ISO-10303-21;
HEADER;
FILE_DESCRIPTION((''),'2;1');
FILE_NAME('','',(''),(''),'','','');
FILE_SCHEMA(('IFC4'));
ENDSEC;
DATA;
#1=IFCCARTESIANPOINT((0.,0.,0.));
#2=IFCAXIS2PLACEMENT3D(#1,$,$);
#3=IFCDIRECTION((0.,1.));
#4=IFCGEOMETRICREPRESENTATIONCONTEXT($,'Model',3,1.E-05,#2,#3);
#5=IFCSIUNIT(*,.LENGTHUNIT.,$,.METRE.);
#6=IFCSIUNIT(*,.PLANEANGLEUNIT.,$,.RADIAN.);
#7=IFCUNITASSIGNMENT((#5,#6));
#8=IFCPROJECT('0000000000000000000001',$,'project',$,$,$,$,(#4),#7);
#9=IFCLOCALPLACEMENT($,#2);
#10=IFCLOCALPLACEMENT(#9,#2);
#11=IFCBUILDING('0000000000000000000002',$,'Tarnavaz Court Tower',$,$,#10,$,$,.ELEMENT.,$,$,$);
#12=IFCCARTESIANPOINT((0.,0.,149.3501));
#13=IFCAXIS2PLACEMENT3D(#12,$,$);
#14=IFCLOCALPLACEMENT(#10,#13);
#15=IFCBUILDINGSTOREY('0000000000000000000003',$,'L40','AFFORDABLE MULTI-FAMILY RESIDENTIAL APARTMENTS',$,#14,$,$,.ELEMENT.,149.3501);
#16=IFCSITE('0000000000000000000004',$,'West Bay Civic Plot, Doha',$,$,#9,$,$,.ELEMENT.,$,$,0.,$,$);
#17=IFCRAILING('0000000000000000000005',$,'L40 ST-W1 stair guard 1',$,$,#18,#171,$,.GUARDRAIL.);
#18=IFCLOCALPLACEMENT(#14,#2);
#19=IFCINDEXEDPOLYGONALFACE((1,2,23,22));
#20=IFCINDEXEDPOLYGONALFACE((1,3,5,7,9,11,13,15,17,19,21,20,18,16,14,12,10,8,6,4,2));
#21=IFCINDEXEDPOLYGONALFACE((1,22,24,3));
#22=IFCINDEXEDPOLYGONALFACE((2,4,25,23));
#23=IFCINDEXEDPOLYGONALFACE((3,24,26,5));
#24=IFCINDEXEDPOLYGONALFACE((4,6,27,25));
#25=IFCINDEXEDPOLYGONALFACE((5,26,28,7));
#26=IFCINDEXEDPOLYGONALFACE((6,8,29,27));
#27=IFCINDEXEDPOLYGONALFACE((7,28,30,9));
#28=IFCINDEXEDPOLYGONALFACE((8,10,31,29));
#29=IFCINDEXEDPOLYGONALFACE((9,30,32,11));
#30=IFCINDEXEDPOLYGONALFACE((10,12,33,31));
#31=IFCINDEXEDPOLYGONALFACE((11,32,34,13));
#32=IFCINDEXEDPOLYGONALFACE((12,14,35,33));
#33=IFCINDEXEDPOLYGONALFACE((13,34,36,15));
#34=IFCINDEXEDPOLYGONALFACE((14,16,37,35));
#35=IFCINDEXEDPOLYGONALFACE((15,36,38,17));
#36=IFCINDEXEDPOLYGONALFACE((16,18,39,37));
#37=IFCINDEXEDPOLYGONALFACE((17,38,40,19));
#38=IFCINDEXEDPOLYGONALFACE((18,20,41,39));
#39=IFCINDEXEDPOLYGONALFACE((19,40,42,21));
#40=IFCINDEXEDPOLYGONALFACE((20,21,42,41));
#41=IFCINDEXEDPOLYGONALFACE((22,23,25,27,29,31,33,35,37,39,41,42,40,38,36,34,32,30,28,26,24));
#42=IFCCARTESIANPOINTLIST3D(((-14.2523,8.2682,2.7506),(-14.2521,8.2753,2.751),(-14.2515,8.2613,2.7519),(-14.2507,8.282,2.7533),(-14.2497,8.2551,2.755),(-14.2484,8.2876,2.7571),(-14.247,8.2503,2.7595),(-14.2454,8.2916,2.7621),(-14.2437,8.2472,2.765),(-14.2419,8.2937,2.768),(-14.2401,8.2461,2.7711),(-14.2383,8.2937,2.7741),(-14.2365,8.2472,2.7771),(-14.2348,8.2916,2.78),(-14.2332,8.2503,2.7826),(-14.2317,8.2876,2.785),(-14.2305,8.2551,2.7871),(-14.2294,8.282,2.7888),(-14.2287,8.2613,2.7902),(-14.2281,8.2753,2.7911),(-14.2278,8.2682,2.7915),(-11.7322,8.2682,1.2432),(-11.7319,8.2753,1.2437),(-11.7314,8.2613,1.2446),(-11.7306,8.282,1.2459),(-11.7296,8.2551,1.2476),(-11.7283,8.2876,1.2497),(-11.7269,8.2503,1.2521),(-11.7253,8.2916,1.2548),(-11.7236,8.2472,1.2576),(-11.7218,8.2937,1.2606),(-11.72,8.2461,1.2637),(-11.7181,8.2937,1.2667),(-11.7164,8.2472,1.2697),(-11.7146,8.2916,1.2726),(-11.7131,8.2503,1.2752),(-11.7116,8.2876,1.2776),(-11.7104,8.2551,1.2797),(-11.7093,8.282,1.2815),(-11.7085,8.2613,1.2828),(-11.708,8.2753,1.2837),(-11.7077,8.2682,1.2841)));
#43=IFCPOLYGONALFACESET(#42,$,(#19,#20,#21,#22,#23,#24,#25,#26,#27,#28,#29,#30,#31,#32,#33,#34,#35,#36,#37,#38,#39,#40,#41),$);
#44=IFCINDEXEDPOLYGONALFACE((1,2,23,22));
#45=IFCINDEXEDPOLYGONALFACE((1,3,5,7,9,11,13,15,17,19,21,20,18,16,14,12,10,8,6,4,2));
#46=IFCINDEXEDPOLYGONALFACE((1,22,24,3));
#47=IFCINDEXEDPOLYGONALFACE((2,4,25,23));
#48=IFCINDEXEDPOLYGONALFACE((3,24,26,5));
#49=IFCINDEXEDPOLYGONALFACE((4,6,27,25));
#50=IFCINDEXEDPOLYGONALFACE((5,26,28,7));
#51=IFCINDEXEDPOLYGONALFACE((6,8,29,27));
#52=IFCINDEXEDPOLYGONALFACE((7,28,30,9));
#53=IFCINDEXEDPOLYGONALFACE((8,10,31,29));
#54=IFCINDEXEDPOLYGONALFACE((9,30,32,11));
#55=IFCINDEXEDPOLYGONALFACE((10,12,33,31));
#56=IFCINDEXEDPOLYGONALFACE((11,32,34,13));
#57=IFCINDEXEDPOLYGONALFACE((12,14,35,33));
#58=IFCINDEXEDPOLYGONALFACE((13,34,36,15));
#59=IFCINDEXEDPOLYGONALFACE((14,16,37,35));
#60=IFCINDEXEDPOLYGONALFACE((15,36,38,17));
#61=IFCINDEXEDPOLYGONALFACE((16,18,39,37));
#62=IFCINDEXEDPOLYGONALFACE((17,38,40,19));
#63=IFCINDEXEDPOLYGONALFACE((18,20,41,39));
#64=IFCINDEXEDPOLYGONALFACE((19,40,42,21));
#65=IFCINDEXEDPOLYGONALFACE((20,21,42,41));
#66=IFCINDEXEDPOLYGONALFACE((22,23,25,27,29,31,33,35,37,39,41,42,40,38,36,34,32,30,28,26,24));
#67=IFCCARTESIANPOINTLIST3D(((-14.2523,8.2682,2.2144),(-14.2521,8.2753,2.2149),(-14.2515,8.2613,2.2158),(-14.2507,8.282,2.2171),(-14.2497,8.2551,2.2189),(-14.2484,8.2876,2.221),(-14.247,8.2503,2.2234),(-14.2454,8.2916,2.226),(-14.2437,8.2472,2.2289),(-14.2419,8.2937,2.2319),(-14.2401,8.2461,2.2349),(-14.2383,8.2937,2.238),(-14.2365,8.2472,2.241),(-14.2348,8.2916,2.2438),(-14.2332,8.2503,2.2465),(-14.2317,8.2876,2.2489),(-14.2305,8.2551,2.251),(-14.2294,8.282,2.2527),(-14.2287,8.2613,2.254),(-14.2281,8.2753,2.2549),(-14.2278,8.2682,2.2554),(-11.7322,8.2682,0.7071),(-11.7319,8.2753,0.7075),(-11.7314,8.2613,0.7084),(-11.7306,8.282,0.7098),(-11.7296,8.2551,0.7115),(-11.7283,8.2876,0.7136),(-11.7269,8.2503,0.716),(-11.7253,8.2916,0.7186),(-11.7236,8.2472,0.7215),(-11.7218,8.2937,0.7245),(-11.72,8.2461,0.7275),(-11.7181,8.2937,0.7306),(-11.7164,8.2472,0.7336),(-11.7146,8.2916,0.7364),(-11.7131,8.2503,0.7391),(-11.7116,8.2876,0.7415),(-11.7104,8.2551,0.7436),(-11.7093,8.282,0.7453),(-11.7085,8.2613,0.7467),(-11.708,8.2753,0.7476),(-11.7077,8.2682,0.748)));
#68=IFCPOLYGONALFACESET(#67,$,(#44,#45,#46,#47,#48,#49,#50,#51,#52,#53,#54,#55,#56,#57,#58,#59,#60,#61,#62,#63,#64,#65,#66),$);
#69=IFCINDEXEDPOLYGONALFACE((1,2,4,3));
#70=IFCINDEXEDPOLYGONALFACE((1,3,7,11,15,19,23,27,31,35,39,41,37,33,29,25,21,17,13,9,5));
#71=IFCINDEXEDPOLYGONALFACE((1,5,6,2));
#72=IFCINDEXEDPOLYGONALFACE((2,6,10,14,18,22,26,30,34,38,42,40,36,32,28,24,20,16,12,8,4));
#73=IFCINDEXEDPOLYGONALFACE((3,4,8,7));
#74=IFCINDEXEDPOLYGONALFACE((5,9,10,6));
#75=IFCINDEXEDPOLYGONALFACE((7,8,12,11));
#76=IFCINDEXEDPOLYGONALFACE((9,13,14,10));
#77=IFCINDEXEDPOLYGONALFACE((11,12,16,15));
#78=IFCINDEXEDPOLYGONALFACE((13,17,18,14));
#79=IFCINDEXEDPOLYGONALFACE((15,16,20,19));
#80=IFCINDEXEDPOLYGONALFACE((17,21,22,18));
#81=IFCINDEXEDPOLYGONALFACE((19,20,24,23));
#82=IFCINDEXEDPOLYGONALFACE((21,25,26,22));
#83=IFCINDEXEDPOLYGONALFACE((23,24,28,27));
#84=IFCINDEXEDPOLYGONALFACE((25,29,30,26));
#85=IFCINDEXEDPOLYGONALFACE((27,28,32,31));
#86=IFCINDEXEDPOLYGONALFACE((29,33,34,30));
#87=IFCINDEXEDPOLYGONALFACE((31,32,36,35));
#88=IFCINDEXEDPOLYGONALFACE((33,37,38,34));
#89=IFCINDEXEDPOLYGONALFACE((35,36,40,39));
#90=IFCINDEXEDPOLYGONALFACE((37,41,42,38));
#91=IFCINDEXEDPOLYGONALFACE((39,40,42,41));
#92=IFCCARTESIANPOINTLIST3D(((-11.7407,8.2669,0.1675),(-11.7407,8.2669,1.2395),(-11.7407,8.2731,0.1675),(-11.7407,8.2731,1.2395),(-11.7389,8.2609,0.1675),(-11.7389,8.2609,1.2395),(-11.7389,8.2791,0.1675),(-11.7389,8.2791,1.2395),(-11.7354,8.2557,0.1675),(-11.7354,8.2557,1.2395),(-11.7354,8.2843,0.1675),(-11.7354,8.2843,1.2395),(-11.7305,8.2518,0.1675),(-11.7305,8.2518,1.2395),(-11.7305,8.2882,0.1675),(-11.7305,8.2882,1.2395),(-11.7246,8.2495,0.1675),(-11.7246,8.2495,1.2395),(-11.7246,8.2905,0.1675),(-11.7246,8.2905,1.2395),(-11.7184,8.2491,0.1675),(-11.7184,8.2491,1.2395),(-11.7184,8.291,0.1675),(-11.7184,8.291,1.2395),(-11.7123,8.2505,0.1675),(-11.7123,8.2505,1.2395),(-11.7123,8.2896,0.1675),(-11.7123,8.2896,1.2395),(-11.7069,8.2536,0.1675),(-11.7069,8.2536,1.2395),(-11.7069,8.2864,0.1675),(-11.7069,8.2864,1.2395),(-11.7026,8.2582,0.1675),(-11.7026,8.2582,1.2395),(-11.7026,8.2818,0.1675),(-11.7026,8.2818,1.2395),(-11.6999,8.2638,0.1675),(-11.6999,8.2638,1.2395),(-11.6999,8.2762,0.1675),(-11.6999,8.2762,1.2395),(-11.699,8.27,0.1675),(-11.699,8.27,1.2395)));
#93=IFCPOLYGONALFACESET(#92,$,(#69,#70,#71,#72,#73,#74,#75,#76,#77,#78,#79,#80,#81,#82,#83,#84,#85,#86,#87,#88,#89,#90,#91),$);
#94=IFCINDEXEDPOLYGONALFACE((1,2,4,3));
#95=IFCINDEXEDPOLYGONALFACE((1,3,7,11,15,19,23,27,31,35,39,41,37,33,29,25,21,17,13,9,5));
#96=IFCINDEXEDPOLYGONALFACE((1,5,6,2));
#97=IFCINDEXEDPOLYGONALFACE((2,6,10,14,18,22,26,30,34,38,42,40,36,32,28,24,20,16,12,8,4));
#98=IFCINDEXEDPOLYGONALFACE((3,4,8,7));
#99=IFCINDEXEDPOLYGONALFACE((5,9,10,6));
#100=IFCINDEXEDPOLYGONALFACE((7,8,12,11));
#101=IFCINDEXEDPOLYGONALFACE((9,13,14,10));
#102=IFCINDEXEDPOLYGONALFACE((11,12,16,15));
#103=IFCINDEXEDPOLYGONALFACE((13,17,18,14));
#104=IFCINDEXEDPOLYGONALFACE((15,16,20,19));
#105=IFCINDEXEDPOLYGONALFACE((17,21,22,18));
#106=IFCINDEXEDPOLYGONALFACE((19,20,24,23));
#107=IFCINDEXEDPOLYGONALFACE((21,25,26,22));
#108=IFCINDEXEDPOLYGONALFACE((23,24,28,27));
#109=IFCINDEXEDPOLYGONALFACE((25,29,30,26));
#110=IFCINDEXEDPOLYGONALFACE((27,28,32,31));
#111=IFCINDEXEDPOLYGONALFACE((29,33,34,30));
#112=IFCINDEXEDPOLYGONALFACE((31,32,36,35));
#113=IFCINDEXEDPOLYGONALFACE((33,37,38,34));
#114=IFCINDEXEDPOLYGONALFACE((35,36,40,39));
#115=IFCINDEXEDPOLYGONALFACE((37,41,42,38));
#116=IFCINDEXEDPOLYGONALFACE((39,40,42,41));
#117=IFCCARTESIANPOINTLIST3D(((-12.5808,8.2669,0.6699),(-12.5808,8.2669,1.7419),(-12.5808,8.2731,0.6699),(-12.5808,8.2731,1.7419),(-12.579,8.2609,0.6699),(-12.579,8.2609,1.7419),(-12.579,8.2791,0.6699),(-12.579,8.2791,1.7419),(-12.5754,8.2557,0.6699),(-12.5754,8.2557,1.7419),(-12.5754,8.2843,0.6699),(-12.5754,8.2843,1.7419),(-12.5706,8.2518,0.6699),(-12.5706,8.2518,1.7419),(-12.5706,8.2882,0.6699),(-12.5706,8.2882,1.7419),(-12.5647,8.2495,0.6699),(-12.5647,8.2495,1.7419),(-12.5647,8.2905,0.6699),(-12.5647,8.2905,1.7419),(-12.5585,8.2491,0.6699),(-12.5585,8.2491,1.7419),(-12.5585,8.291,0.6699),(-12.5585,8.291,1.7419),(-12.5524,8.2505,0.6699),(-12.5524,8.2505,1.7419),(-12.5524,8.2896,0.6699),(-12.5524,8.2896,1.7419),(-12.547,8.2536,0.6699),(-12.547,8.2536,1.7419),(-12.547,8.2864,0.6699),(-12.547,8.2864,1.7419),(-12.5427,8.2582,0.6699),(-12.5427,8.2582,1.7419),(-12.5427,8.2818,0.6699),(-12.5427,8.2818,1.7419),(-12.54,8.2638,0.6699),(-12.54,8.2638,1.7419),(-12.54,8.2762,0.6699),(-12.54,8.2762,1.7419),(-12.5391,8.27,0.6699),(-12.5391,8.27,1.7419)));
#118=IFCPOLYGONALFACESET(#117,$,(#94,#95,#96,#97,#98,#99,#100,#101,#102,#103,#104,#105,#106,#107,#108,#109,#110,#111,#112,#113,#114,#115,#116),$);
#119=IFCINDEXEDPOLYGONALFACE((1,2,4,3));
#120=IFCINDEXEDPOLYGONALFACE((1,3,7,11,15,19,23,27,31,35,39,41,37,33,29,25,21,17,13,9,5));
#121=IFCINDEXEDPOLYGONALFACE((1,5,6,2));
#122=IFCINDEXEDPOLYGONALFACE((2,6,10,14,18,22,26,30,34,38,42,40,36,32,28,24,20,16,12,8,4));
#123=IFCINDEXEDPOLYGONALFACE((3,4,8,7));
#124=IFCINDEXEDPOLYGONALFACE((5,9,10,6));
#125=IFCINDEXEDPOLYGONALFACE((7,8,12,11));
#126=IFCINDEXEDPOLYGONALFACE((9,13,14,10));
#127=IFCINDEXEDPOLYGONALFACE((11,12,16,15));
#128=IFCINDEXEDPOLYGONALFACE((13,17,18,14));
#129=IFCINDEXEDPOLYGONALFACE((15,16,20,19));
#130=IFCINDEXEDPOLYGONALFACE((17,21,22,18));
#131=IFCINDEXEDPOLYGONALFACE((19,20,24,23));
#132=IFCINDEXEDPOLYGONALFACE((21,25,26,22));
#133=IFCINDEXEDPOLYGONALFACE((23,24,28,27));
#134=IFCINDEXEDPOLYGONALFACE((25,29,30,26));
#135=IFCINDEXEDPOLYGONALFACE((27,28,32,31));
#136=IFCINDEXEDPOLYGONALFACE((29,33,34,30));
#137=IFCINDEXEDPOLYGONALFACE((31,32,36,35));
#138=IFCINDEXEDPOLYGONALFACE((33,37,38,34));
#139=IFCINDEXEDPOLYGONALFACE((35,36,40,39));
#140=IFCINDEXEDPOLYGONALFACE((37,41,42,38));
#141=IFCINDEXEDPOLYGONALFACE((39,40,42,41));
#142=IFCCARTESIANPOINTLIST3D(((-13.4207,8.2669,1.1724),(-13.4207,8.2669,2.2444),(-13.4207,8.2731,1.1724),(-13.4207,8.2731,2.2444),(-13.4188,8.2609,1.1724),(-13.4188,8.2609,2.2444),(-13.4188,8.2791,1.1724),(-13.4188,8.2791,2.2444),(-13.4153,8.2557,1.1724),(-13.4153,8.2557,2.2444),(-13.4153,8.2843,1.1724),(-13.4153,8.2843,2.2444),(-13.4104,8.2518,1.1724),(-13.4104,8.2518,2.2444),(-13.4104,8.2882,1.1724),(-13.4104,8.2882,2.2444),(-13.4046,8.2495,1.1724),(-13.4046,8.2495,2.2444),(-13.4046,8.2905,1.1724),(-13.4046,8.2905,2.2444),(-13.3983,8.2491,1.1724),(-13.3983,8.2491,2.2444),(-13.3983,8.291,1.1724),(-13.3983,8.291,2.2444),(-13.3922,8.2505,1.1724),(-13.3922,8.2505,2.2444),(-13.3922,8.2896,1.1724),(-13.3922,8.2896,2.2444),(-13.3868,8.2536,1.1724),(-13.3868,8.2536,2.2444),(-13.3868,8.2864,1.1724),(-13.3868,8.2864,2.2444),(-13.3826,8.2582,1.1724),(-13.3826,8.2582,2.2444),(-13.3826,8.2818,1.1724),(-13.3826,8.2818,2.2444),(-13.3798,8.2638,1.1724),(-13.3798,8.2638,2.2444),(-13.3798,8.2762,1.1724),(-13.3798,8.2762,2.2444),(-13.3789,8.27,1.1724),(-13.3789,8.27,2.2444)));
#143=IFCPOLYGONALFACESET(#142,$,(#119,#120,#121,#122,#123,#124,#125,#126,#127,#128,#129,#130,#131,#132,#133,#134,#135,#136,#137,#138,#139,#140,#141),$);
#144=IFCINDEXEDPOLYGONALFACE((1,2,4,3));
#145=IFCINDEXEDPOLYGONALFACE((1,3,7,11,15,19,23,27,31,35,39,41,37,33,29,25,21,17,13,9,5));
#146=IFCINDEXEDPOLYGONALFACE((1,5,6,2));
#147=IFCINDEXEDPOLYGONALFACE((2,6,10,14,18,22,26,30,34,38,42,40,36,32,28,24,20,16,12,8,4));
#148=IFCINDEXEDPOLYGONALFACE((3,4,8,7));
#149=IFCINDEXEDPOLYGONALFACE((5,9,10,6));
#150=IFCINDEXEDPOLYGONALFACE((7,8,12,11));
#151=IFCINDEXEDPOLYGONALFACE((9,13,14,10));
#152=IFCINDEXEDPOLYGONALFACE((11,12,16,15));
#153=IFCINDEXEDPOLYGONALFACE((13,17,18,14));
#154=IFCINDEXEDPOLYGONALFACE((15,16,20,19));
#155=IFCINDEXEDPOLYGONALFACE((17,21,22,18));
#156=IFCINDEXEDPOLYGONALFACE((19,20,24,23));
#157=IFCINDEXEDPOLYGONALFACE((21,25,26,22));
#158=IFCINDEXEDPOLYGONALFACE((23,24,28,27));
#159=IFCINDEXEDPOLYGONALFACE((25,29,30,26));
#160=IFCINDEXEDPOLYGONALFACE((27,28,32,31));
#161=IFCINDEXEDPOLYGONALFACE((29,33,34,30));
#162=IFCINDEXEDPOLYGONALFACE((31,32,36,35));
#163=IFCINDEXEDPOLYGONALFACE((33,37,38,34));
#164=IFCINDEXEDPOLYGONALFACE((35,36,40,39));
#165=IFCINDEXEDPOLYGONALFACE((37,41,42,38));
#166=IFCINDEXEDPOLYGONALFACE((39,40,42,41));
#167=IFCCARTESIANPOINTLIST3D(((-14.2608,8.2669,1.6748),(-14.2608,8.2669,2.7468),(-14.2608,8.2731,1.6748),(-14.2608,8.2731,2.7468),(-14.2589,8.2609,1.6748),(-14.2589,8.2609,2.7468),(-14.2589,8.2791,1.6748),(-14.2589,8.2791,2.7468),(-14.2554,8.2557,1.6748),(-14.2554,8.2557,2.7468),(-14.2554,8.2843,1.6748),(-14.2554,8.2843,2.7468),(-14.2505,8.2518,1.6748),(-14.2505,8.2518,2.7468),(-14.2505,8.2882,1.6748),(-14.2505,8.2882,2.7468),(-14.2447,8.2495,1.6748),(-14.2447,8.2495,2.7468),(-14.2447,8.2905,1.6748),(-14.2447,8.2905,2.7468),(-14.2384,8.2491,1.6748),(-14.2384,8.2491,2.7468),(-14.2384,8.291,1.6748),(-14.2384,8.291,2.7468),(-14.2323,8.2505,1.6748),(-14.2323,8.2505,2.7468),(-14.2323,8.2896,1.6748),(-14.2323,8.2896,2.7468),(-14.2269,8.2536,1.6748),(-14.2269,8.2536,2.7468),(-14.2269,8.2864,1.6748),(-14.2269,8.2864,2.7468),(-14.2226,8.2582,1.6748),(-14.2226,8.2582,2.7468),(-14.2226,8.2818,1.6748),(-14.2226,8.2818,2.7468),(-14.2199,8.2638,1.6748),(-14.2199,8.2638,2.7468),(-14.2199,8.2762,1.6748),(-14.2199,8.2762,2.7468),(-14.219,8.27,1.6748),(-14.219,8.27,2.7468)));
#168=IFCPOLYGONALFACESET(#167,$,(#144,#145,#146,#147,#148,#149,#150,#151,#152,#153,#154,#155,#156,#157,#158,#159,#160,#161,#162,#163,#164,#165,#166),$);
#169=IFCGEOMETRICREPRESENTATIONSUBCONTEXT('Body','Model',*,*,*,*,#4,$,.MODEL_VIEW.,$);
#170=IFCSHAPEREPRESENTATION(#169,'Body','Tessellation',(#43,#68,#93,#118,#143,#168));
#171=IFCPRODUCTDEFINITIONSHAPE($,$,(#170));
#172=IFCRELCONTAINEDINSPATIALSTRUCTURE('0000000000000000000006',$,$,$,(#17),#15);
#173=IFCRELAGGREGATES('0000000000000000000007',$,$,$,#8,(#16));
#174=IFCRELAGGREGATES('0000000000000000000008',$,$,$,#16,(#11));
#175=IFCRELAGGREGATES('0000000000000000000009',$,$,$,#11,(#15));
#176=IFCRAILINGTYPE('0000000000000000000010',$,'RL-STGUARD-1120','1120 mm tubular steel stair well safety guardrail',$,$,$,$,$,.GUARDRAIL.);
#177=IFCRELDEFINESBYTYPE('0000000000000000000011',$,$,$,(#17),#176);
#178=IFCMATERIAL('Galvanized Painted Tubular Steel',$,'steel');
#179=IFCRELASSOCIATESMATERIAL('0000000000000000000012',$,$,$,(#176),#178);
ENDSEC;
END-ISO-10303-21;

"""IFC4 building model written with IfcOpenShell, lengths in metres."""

from ifc_helpers import new_model, si_unit, direction, frame, origin, origin_2d, place, context, subcontext, project, spatial, circle, extrude, material, type_object, element, save


model = new_model("IFC4")

# Units and contexts
model_context = context("Model", 3, precision=1e-05, world=origin(), true_north=direction((0.0, 1.0)))
body_context = subcontext(model_context, "Body", "Model", "MODEL_VIEW")
ifc_project = project(units=[si_unit("LENGTHUNIT", "METRE"), si_unit("PLANEANGLEUNIT", "RADIAN")], contexts=[model_context])

# Site, building, storey
site_placement = place(None, origin())
site = spatial("IfcSite", under=ifc_project, at=site_placement, Name="West Bay Civic Plot, Doha", CompositionType="ELEMENT", RefElevation=0.0)
building_placement = place(site_placement, origin())
building = spatial("IfcBuilding", under=site, at=building_placement, Name="Tarnavaz Court Tower", CompositionType="ELEMENT")
storey_placement = place(building_placement, frame((0.0, 0.0, 149.3501)))
storey = spatial("IfcBuildingStorey", under=building, at=storey_placement, Name="L40", Description="AFFORDABLE MULTI-FAMILY RESIDENTIAL APARTMENTS", CompositionType="ELEMENT", Elevation=149.3501)

# Railing
ifc_material_1 = material(Name="Galvanized Painted Tubular Steel", Category="steel")
railing_type_1 = type_object("IfcRailingType", Name="RL-STGUARD-1120", Description="1120 mm tubular steel stair well safety guardrail", PredefinedType="GUARDRAIL", material=ifc_material_1)
railing_1_placement = place(storey_placement, frame((-11.72, 8.27, 0.1675)))
element("IfcRailing", 1, at=railing_1_placement, inside=storey, type_object=railing_type_1, Name="L40 ST-W1 stair guard 1", PredefinedType="GUARDRAIL", context=body_context, shape_type="SweptSolid", body=[
    extrude(circle(Radius=0.0239, at=origin_2d()), frame((0.0, 0.0, 1.0962), z_axis=(-0.858196, 0.0, 0.513321), x_axis=(0.0, -1.0, 0.0)), (0.0, 0.0, 1.0), 2.9365),
    extrude(circle(Radius=0.0239, at=origin_2d()), frame((0.0, 0.0, 0.5601), z_axis=(-0.858196, 0.0, 0.513321), x_axis=(0.0, -1.0, 0.0)), (0.0, 0.0, 1.0), 2.9365),
    extrude(circle(Radius=0.021, at=origin_2d()), origin(), (0.0, 0.0, 1.0), 1.072),
    extrude(circle(Radius=0.021, at=origin_2d()), frame((-0.8401, 0.0, 0.5024)), (0.0, 0.0, 1.0), 1.072),
    extrude(circle(Radius=0.021, at=origin_2d()), frame((-1.6799, 0.0, 1.0049)), (0.0, 0.0, 1.0), 1.072),
    extrude(circle(Radius=0.021, at=origin_2d()), frame((-2.52, 0.0, 1.5073)), (0.0, 0.0, 1.0), 1.072),
])

save(model, "model.ifc")
